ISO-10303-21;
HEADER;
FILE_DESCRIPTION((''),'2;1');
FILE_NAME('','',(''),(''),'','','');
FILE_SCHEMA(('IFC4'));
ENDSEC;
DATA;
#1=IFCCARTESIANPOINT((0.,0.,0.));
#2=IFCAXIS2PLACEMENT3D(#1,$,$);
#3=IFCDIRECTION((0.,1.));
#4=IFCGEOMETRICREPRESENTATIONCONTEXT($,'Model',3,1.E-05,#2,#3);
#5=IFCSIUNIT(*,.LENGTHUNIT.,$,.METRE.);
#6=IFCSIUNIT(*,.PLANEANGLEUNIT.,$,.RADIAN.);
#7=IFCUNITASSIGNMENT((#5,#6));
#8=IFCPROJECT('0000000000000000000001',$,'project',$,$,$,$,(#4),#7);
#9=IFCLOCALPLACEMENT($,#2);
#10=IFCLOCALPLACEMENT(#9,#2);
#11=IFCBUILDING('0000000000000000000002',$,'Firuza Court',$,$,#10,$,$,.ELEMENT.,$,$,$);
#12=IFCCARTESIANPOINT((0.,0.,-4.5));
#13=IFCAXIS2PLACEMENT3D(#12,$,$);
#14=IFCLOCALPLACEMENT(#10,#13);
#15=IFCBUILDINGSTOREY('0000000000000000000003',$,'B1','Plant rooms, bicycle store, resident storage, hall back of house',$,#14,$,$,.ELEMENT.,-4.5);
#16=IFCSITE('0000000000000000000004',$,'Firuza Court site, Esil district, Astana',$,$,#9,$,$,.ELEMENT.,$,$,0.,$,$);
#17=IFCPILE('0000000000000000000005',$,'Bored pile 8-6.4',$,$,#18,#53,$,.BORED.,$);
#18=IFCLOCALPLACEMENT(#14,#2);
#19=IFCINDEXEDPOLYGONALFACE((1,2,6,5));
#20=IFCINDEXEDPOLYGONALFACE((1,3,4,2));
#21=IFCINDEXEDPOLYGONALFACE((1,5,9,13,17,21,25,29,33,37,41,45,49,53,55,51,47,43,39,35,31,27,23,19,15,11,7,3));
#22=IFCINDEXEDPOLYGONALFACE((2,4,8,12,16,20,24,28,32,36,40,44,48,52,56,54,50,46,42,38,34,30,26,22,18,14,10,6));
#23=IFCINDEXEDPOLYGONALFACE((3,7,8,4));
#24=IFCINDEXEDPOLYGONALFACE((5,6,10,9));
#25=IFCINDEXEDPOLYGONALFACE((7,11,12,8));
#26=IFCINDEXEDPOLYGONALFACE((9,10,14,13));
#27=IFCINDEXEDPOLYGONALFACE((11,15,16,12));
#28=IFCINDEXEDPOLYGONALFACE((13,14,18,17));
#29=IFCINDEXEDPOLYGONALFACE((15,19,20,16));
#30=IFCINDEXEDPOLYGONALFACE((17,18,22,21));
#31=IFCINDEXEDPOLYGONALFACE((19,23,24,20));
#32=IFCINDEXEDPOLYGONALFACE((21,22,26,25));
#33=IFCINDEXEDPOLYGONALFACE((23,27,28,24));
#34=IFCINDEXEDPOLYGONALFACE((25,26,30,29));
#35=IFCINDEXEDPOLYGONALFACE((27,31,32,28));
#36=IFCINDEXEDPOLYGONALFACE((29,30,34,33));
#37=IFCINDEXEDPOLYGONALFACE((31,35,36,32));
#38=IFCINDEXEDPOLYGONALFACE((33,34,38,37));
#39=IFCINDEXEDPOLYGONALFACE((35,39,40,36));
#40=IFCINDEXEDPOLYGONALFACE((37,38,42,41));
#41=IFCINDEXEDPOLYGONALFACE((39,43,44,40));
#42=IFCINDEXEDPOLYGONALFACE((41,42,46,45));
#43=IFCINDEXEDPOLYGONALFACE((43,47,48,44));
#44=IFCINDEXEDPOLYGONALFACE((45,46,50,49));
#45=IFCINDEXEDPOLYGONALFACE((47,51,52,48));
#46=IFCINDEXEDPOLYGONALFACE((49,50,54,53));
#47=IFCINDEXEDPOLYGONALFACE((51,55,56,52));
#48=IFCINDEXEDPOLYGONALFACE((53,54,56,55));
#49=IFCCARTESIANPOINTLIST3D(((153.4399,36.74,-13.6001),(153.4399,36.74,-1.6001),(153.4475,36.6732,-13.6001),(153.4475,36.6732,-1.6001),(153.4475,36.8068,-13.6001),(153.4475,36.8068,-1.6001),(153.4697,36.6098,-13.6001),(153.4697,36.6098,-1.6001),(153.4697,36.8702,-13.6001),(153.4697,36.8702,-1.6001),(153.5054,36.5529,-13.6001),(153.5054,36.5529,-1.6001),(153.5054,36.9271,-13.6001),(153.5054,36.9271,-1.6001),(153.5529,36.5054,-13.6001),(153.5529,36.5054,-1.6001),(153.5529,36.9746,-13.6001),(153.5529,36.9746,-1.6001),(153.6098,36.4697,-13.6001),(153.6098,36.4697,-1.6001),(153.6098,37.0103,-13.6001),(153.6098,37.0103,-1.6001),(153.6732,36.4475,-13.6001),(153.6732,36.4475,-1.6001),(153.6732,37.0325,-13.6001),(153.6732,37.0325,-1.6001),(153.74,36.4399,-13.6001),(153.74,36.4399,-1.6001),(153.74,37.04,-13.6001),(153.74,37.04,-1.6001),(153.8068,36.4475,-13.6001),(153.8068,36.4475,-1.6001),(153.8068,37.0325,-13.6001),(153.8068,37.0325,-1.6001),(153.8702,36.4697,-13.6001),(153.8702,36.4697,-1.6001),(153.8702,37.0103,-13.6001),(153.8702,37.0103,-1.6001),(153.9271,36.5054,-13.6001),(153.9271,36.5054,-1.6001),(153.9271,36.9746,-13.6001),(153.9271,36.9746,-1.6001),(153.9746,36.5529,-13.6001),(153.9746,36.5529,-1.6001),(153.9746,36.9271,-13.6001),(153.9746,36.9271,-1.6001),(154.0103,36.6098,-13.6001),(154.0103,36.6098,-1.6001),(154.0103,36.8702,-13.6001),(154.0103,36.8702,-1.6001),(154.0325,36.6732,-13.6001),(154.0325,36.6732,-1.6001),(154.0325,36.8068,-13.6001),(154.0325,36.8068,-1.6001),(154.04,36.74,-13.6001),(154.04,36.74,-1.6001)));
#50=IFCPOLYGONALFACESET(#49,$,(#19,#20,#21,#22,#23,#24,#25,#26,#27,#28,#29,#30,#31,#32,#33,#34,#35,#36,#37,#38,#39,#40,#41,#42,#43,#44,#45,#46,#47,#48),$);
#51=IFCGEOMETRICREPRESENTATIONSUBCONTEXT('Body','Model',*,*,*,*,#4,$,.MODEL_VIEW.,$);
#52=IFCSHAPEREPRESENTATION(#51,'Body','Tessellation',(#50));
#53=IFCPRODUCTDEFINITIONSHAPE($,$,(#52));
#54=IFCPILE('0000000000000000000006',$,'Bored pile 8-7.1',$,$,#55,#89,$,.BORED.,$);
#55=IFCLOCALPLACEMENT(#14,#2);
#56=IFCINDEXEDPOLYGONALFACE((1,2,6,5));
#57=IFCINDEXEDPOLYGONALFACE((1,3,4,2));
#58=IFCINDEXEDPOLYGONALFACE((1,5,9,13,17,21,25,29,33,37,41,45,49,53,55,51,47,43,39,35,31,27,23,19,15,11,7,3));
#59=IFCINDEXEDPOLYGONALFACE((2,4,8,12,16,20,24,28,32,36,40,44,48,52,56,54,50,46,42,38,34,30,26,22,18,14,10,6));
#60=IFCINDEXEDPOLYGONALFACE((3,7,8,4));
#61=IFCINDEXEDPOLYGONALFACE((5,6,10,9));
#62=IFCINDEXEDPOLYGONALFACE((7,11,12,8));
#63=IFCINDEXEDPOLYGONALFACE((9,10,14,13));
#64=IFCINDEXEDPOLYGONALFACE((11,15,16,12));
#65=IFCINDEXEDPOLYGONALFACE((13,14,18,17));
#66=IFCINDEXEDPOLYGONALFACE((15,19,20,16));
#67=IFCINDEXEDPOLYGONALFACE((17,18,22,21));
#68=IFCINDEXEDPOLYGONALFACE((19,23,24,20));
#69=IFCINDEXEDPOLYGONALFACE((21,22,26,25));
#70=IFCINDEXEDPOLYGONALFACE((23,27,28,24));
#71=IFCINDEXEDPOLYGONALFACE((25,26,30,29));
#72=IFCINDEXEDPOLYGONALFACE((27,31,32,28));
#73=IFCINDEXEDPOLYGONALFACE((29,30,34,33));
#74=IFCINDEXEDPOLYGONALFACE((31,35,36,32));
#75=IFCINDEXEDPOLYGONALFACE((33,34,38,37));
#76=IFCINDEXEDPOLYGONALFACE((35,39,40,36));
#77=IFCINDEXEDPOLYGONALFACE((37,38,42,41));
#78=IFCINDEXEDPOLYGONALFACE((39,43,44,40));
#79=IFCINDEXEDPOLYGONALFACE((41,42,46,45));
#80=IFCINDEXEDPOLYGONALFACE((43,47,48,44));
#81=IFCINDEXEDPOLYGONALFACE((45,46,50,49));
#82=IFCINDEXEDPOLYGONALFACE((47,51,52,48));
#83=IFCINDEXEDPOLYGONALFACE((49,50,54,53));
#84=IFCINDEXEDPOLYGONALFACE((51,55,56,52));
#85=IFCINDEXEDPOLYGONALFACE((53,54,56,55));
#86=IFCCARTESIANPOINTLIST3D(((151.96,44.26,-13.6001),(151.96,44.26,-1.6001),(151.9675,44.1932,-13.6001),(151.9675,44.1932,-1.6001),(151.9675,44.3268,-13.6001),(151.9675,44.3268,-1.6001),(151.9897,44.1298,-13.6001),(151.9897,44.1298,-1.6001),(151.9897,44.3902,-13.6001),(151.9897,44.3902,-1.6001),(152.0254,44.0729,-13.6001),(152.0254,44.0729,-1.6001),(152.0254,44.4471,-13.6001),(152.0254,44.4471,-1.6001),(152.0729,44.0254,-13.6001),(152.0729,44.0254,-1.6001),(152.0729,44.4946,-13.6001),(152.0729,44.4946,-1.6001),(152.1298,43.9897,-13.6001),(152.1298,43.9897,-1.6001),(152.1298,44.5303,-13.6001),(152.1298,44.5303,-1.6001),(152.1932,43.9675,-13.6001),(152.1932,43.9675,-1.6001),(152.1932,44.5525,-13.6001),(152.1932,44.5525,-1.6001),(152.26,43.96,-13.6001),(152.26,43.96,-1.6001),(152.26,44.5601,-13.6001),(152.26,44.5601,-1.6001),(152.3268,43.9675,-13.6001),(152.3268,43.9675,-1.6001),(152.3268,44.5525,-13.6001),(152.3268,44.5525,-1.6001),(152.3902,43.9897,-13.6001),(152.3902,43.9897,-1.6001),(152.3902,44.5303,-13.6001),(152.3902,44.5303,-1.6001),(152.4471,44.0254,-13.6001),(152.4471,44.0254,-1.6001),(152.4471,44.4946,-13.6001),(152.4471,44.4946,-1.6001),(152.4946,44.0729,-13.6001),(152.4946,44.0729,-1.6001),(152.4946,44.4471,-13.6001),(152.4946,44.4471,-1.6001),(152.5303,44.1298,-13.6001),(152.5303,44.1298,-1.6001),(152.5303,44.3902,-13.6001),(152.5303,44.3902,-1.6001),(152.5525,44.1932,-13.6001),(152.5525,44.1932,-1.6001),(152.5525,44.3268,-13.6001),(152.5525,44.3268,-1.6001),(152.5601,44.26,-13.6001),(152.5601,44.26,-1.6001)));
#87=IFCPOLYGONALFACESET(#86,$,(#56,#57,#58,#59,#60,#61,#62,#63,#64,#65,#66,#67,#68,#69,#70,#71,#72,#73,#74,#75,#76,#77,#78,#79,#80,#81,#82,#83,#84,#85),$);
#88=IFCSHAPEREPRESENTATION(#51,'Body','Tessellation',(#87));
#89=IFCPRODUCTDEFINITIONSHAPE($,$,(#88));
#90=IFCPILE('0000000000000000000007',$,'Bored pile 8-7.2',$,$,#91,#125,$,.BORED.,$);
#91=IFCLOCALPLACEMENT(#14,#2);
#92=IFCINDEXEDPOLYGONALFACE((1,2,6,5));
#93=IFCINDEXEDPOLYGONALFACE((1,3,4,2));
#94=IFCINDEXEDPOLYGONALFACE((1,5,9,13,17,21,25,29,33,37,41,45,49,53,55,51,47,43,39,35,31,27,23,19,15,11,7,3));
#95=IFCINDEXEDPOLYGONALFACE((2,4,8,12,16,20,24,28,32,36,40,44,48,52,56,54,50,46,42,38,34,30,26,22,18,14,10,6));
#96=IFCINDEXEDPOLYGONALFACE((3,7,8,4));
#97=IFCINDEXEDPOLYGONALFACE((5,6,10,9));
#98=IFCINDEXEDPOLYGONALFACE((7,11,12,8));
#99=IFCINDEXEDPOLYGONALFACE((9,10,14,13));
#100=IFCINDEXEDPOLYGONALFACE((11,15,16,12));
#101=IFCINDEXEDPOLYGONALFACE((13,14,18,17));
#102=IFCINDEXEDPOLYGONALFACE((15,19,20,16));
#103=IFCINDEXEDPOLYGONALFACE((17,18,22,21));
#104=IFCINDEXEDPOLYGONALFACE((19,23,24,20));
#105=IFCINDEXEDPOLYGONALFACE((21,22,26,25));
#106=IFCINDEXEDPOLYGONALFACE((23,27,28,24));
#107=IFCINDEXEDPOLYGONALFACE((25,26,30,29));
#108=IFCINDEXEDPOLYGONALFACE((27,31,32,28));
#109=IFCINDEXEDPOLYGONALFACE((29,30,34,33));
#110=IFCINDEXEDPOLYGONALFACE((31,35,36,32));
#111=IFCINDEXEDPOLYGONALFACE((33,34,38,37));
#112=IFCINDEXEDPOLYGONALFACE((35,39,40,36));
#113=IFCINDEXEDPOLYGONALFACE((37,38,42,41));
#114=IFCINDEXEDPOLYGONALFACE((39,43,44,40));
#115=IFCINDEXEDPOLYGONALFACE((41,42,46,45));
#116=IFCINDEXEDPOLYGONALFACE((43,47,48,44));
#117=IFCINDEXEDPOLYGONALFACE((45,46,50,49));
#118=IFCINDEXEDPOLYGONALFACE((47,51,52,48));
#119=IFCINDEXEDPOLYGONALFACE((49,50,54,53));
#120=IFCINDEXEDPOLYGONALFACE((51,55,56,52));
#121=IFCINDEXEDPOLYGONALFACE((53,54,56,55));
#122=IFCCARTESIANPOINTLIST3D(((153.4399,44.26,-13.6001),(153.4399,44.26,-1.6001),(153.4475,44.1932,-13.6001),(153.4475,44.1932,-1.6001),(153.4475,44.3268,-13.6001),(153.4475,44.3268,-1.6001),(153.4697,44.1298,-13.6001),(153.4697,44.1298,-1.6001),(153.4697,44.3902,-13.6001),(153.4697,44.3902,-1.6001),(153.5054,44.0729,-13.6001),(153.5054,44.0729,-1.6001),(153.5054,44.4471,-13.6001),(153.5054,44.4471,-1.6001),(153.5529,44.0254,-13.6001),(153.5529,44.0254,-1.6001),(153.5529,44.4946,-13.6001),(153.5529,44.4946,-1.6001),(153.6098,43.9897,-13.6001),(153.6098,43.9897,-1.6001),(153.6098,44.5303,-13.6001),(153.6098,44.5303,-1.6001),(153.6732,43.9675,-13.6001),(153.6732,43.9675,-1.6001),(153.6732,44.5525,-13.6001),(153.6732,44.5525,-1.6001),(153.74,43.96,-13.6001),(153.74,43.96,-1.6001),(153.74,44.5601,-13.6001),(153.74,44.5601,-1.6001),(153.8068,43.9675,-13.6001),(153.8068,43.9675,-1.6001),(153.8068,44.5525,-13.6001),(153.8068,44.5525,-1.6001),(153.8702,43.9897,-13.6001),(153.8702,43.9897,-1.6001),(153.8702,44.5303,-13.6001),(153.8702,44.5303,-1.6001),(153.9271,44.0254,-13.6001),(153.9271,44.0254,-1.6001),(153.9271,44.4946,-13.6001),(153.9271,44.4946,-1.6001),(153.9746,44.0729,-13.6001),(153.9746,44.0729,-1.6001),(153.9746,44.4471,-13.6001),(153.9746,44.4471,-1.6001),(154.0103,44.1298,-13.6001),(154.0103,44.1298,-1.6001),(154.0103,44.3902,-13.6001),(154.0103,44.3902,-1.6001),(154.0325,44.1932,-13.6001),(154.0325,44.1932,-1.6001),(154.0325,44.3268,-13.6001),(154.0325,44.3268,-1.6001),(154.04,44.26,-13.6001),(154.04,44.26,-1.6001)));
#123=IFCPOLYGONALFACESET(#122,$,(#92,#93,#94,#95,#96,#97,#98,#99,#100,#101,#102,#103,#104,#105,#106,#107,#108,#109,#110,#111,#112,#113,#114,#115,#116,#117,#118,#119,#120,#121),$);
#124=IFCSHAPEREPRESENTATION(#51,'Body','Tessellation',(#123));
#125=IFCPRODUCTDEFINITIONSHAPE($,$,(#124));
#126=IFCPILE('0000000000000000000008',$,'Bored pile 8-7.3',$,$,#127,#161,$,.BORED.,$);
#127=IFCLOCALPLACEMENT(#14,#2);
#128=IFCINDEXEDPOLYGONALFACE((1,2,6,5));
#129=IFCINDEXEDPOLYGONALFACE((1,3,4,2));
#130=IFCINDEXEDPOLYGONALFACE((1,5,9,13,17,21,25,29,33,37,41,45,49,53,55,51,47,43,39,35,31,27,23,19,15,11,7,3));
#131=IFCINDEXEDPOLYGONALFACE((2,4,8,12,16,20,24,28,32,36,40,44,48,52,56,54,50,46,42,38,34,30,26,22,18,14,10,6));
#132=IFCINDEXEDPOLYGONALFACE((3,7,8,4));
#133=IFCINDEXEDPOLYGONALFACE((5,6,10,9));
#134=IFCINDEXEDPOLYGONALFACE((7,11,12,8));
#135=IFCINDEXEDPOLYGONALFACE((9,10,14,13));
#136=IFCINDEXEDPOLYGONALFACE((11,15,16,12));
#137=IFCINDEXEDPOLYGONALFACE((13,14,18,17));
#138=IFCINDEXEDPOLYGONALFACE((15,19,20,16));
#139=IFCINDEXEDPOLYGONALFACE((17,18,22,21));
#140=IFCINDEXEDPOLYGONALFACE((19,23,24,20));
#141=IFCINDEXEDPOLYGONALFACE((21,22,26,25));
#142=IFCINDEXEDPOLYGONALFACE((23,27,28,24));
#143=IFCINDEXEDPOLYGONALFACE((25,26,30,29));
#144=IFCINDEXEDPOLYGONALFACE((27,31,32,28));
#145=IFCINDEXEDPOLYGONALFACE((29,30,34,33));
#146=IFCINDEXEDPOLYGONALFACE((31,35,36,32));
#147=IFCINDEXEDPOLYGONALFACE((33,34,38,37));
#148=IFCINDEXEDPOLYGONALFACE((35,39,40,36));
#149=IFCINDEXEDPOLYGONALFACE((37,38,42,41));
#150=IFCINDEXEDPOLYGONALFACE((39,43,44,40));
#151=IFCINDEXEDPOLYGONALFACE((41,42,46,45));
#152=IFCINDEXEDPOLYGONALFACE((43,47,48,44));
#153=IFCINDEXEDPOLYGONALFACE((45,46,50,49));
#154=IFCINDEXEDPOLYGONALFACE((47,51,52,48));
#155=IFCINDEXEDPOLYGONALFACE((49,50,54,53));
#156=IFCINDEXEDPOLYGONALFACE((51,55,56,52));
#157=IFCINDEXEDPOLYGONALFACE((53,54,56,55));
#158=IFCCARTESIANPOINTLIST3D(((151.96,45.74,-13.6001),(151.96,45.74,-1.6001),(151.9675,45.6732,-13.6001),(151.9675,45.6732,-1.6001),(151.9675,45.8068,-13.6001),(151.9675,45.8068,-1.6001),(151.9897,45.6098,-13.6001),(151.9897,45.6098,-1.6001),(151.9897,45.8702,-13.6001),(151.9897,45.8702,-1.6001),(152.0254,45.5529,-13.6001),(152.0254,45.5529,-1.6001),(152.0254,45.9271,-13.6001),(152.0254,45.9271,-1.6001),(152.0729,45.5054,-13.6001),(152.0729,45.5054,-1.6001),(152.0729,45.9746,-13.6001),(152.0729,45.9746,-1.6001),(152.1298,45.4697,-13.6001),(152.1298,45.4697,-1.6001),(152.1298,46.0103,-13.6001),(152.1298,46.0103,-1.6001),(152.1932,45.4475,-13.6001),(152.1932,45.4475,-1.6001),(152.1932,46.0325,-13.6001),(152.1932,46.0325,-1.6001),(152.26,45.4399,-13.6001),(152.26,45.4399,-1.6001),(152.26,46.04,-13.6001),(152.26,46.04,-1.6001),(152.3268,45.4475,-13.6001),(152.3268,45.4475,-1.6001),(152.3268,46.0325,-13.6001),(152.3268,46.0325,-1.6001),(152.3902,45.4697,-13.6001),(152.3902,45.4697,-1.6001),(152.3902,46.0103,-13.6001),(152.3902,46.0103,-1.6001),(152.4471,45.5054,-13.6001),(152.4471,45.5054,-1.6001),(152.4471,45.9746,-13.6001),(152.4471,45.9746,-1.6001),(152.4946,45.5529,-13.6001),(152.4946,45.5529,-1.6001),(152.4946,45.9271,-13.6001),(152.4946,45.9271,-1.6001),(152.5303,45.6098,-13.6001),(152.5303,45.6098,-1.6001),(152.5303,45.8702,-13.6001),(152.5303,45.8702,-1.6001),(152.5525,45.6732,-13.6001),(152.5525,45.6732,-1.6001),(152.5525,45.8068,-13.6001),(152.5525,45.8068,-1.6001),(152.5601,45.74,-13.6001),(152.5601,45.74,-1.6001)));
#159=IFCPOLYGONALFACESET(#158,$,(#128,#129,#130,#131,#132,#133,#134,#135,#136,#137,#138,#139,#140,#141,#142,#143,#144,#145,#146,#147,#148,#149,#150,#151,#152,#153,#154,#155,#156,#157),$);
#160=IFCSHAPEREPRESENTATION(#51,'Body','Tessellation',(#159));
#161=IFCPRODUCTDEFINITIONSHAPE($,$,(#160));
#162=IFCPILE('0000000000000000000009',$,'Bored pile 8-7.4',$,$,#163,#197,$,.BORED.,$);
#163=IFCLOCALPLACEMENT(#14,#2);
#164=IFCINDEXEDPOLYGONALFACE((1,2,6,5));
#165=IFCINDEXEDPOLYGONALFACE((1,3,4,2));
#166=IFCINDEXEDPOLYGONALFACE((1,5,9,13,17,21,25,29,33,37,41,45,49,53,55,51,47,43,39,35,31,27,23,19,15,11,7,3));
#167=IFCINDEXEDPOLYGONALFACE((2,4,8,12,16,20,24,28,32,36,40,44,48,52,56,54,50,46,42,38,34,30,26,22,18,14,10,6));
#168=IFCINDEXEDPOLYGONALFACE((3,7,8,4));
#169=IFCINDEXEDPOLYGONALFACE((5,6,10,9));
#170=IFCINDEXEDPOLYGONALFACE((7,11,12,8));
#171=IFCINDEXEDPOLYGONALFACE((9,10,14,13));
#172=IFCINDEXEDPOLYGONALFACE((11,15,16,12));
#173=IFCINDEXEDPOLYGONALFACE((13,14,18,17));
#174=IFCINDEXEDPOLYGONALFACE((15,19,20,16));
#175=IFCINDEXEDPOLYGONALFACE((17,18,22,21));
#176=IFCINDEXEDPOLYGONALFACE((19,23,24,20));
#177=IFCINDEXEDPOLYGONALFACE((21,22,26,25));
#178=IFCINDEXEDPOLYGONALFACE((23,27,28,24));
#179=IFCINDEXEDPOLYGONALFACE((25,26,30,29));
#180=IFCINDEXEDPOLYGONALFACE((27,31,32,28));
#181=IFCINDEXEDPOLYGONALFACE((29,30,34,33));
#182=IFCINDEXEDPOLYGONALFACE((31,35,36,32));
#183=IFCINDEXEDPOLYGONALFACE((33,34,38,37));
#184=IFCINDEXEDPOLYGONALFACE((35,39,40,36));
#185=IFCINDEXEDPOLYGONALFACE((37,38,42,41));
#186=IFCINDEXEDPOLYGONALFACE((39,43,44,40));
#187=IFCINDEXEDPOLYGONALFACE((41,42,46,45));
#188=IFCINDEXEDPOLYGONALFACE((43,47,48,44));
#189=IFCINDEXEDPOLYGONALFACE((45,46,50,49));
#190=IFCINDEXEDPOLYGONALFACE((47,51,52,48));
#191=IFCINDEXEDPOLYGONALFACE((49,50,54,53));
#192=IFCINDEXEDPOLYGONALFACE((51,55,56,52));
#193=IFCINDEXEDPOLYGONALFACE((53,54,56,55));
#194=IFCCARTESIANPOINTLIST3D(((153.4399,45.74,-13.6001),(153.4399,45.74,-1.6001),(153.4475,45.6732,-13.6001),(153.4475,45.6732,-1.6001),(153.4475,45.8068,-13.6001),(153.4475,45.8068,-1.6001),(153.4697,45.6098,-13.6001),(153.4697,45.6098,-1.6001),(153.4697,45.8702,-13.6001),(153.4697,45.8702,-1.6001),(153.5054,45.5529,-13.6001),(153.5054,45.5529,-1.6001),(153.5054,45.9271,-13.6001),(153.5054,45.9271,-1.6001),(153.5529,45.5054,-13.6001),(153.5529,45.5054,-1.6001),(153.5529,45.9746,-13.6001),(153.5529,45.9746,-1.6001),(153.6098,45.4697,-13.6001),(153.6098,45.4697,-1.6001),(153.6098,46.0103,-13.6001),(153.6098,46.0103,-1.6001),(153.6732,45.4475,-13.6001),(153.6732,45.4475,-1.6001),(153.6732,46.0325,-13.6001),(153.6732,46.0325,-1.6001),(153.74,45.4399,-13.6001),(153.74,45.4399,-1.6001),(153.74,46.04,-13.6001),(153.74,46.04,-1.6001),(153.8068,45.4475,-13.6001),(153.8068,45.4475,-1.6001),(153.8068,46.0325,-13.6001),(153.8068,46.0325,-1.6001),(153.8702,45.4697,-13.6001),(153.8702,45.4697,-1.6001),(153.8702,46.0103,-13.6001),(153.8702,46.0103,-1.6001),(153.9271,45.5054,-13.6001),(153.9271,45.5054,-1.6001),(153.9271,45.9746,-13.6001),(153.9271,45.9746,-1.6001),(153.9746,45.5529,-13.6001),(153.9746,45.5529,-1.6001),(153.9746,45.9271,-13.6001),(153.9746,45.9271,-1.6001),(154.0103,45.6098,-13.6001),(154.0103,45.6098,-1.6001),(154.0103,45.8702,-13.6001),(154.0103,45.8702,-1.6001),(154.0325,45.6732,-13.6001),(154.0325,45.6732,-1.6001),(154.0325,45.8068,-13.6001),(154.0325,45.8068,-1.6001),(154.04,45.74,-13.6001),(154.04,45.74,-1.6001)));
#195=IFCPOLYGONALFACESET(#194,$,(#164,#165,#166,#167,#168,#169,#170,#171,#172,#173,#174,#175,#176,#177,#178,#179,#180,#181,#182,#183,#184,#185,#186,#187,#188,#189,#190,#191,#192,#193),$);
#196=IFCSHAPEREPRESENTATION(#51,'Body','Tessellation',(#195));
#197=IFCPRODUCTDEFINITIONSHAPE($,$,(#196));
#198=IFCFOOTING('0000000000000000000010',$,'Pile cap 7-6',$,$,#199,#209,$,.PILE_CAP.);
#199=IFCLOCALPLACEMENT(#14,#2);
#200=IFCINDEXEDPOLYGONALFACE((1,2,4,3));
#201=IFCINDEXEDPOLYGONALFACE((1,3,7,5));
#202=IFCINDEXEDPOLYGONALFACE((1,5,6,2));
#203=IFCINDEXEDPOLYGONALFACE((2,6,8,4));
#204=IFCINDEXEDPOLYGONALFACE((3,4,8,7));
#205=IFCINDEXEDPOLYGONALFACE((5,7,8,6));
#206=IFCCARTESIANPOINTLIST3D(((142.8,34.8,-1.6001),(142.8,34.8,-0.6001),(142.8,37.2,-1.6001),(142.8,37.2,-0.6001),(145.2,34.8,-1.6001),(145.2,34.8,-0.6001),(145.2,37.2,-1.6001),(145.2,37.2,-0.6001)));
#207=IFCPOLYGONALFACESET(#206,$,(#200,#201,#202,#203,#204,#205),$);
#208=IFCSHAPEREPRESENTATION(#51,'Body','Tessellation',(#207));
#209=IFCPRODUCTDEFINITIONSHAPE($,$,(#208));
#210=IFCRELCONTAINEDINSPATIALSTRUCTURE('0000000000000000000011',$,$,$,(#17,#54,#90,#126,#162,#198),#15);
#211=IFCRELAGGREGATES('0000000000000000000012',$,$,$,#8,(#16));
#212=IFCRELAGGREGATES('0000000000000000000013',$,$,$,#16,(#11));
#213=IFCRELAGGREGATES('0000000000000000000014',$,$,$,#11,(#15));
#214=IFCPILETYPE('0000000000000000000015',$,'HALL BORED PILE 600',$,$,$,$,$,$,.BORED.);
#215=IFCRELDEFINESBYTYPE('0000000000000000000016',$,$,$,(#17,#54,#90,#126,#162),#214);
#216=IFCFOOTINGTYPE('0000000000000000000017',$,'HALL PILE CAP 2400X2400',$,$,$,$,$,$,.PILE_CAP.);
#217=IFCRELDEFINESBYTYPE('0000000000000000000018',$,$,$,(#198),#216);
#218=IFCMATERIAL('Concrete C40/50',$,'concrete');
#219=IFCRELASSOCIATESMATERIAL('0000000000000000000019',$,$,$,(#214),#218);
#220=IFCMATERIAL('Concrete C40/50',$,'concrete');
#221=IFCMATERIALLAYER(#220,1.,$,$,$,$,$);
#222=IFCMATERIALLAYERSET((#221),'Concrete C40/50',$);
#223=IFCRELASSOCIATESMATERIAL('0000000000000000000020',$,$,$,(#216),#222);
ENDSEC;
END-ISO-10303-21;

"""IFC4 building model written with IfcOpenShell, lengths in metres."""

from ifc_helpers import new_model, si_unit, direction, frame, origin, origin_2d, place, context, subcontext, project, spatial, rectangle, circle, extrude, material, layer, layer_set, material_profile, profile_set, type_object, element, save


model = new_model("IFC4")

# Units and contexts
model_context = context("Model", 3, precision=1e-05, world=origin(), true_north=direction((0.0, 1.0)))
body_context = subcontext(model_context, "Body", "Model", "MODEL_VIEW")
ifc_project = project(units=[si_unit("LENGTHUNIT", "METRE"), si_unit("PLANEANGLEUNIT", "RADIAN")], contexts=[model_context])

# Site, building, storey
site_placement = place(None, origin())
site = spatial("IfcSite", under=ifc_project, at=site_placement, Name="Firuza Court site, Esil district, Astana", CompositionType="ELEMENT", RefElevation=0.0)
building_placement = place(site_placement, origin())
building = spatial("IfcBuilding", under=site, at=building_placement, Name="Firuza Court", CompositionType="ELEMENT")
storey_placement = place(building_placement, frame((0.0, 0.0, -4.5)))
storey = spatial("IfcBuildingStorey", under=building, at=storey_placement, Name="B1", Description="Plant rooms, bicycle store, resident storage, hall back of house", CompositionType="ELEMENT", Elevation=-4.5)

# Piles
ifc_material_1 = material(Name="Concrete C40/50", Category="concrete")
ifc_material_profile_1 = material_profile(ifc_material_1, circle(Radius=0.3, at=origin_2d()), Name="PILE 600")
ifc_profile_set_1 = profile_set([ifc_material_profile_1], Name="Concrete C40/50")
pile_type = type_object("IfcPileType", Name="HALL BORED PILE 600", PredefinedType="BORED", material=ifc_profile_set_1)
for number, where, z_axis, x_axis, name in (
    (1, (153.74, 36.74, -1.6001), (0.0, 0.0, -1.0), (1.0, 0.0, 0.0), "Bored pile 8-6.4"),
    (2, (152.26, 44.26, -1.6001), (0.0, 0.0, -1.0), (1.0, 0.0, 0.0), "Bored pile 8-7.1"),
    (3, (153.74, 44.26, -1.6001), (0.0, 0.0, -1.0), (1.0, 0.0, 0.0), "Bored pile 8-7.2"),
    (4, (152.26, 45.74, -1.6001), (0.0, 0.0, -1.0), (1.0, 0.0, 0.0), "Bored pile 8-7.3"),
    (5, (153.74, 45.74, -1.6001), (0.0, 0.0, -1.0), (1.0, 0.0, 0.0), "Bored pile 8-7.4"),
):
    element("IfcPile", number, at=place(storey_placement, frame(where, z_axis=z_axis, x_axis=x_axis)), inside=storey, type_object=pile_type, Name=name, PredefinedType="BORED", context=body_context, shape_type="SweptSolid", body=[
        extrude(circle(Radius=0.3, at=origin_2d()), origin(), (0.0, 0.0, 1.0), 12.0),
    ])

# Footing
ifc_material_2 = material(Name="Concrete C40/50", Category="concrete")
ifc_layer_1 = layer(ifc_material_2, 1.0)
ifc_layer_set_1 = layer_set([ifc_layer_1], Name="Concrete C40/50")
footing_type = type_object("IfcFootingType", Name="HALL PILE CAP 2400X2400", PredefinedType="PILE_CAP", material=ifc_layer_set_1)
for number, where, z_axis, x_axis, name in (
    (6, (144.0, 36.0, -1.6001), (0.0, 0.0, 1.0), (1.0, 0.0, 0.0), "Pile cap 7-6"),
):
    element("IfcFooting", number, at=place(storey_placement, frame(where, z_axis=z_axis, x_axis=x_axis)), inside=storey, type_object=footing_type, Name=name, PredefinedType="PILE_CAP", context=body_context, shape_type="SweptSolid", body=[
        extrude(rectangle(XDim=2.3999, YDim=2.3999, at=origin_2d()), origin(), (0.0, 0.0, 1.0), 1.0),
    ])

save(model, "model.ifc")
